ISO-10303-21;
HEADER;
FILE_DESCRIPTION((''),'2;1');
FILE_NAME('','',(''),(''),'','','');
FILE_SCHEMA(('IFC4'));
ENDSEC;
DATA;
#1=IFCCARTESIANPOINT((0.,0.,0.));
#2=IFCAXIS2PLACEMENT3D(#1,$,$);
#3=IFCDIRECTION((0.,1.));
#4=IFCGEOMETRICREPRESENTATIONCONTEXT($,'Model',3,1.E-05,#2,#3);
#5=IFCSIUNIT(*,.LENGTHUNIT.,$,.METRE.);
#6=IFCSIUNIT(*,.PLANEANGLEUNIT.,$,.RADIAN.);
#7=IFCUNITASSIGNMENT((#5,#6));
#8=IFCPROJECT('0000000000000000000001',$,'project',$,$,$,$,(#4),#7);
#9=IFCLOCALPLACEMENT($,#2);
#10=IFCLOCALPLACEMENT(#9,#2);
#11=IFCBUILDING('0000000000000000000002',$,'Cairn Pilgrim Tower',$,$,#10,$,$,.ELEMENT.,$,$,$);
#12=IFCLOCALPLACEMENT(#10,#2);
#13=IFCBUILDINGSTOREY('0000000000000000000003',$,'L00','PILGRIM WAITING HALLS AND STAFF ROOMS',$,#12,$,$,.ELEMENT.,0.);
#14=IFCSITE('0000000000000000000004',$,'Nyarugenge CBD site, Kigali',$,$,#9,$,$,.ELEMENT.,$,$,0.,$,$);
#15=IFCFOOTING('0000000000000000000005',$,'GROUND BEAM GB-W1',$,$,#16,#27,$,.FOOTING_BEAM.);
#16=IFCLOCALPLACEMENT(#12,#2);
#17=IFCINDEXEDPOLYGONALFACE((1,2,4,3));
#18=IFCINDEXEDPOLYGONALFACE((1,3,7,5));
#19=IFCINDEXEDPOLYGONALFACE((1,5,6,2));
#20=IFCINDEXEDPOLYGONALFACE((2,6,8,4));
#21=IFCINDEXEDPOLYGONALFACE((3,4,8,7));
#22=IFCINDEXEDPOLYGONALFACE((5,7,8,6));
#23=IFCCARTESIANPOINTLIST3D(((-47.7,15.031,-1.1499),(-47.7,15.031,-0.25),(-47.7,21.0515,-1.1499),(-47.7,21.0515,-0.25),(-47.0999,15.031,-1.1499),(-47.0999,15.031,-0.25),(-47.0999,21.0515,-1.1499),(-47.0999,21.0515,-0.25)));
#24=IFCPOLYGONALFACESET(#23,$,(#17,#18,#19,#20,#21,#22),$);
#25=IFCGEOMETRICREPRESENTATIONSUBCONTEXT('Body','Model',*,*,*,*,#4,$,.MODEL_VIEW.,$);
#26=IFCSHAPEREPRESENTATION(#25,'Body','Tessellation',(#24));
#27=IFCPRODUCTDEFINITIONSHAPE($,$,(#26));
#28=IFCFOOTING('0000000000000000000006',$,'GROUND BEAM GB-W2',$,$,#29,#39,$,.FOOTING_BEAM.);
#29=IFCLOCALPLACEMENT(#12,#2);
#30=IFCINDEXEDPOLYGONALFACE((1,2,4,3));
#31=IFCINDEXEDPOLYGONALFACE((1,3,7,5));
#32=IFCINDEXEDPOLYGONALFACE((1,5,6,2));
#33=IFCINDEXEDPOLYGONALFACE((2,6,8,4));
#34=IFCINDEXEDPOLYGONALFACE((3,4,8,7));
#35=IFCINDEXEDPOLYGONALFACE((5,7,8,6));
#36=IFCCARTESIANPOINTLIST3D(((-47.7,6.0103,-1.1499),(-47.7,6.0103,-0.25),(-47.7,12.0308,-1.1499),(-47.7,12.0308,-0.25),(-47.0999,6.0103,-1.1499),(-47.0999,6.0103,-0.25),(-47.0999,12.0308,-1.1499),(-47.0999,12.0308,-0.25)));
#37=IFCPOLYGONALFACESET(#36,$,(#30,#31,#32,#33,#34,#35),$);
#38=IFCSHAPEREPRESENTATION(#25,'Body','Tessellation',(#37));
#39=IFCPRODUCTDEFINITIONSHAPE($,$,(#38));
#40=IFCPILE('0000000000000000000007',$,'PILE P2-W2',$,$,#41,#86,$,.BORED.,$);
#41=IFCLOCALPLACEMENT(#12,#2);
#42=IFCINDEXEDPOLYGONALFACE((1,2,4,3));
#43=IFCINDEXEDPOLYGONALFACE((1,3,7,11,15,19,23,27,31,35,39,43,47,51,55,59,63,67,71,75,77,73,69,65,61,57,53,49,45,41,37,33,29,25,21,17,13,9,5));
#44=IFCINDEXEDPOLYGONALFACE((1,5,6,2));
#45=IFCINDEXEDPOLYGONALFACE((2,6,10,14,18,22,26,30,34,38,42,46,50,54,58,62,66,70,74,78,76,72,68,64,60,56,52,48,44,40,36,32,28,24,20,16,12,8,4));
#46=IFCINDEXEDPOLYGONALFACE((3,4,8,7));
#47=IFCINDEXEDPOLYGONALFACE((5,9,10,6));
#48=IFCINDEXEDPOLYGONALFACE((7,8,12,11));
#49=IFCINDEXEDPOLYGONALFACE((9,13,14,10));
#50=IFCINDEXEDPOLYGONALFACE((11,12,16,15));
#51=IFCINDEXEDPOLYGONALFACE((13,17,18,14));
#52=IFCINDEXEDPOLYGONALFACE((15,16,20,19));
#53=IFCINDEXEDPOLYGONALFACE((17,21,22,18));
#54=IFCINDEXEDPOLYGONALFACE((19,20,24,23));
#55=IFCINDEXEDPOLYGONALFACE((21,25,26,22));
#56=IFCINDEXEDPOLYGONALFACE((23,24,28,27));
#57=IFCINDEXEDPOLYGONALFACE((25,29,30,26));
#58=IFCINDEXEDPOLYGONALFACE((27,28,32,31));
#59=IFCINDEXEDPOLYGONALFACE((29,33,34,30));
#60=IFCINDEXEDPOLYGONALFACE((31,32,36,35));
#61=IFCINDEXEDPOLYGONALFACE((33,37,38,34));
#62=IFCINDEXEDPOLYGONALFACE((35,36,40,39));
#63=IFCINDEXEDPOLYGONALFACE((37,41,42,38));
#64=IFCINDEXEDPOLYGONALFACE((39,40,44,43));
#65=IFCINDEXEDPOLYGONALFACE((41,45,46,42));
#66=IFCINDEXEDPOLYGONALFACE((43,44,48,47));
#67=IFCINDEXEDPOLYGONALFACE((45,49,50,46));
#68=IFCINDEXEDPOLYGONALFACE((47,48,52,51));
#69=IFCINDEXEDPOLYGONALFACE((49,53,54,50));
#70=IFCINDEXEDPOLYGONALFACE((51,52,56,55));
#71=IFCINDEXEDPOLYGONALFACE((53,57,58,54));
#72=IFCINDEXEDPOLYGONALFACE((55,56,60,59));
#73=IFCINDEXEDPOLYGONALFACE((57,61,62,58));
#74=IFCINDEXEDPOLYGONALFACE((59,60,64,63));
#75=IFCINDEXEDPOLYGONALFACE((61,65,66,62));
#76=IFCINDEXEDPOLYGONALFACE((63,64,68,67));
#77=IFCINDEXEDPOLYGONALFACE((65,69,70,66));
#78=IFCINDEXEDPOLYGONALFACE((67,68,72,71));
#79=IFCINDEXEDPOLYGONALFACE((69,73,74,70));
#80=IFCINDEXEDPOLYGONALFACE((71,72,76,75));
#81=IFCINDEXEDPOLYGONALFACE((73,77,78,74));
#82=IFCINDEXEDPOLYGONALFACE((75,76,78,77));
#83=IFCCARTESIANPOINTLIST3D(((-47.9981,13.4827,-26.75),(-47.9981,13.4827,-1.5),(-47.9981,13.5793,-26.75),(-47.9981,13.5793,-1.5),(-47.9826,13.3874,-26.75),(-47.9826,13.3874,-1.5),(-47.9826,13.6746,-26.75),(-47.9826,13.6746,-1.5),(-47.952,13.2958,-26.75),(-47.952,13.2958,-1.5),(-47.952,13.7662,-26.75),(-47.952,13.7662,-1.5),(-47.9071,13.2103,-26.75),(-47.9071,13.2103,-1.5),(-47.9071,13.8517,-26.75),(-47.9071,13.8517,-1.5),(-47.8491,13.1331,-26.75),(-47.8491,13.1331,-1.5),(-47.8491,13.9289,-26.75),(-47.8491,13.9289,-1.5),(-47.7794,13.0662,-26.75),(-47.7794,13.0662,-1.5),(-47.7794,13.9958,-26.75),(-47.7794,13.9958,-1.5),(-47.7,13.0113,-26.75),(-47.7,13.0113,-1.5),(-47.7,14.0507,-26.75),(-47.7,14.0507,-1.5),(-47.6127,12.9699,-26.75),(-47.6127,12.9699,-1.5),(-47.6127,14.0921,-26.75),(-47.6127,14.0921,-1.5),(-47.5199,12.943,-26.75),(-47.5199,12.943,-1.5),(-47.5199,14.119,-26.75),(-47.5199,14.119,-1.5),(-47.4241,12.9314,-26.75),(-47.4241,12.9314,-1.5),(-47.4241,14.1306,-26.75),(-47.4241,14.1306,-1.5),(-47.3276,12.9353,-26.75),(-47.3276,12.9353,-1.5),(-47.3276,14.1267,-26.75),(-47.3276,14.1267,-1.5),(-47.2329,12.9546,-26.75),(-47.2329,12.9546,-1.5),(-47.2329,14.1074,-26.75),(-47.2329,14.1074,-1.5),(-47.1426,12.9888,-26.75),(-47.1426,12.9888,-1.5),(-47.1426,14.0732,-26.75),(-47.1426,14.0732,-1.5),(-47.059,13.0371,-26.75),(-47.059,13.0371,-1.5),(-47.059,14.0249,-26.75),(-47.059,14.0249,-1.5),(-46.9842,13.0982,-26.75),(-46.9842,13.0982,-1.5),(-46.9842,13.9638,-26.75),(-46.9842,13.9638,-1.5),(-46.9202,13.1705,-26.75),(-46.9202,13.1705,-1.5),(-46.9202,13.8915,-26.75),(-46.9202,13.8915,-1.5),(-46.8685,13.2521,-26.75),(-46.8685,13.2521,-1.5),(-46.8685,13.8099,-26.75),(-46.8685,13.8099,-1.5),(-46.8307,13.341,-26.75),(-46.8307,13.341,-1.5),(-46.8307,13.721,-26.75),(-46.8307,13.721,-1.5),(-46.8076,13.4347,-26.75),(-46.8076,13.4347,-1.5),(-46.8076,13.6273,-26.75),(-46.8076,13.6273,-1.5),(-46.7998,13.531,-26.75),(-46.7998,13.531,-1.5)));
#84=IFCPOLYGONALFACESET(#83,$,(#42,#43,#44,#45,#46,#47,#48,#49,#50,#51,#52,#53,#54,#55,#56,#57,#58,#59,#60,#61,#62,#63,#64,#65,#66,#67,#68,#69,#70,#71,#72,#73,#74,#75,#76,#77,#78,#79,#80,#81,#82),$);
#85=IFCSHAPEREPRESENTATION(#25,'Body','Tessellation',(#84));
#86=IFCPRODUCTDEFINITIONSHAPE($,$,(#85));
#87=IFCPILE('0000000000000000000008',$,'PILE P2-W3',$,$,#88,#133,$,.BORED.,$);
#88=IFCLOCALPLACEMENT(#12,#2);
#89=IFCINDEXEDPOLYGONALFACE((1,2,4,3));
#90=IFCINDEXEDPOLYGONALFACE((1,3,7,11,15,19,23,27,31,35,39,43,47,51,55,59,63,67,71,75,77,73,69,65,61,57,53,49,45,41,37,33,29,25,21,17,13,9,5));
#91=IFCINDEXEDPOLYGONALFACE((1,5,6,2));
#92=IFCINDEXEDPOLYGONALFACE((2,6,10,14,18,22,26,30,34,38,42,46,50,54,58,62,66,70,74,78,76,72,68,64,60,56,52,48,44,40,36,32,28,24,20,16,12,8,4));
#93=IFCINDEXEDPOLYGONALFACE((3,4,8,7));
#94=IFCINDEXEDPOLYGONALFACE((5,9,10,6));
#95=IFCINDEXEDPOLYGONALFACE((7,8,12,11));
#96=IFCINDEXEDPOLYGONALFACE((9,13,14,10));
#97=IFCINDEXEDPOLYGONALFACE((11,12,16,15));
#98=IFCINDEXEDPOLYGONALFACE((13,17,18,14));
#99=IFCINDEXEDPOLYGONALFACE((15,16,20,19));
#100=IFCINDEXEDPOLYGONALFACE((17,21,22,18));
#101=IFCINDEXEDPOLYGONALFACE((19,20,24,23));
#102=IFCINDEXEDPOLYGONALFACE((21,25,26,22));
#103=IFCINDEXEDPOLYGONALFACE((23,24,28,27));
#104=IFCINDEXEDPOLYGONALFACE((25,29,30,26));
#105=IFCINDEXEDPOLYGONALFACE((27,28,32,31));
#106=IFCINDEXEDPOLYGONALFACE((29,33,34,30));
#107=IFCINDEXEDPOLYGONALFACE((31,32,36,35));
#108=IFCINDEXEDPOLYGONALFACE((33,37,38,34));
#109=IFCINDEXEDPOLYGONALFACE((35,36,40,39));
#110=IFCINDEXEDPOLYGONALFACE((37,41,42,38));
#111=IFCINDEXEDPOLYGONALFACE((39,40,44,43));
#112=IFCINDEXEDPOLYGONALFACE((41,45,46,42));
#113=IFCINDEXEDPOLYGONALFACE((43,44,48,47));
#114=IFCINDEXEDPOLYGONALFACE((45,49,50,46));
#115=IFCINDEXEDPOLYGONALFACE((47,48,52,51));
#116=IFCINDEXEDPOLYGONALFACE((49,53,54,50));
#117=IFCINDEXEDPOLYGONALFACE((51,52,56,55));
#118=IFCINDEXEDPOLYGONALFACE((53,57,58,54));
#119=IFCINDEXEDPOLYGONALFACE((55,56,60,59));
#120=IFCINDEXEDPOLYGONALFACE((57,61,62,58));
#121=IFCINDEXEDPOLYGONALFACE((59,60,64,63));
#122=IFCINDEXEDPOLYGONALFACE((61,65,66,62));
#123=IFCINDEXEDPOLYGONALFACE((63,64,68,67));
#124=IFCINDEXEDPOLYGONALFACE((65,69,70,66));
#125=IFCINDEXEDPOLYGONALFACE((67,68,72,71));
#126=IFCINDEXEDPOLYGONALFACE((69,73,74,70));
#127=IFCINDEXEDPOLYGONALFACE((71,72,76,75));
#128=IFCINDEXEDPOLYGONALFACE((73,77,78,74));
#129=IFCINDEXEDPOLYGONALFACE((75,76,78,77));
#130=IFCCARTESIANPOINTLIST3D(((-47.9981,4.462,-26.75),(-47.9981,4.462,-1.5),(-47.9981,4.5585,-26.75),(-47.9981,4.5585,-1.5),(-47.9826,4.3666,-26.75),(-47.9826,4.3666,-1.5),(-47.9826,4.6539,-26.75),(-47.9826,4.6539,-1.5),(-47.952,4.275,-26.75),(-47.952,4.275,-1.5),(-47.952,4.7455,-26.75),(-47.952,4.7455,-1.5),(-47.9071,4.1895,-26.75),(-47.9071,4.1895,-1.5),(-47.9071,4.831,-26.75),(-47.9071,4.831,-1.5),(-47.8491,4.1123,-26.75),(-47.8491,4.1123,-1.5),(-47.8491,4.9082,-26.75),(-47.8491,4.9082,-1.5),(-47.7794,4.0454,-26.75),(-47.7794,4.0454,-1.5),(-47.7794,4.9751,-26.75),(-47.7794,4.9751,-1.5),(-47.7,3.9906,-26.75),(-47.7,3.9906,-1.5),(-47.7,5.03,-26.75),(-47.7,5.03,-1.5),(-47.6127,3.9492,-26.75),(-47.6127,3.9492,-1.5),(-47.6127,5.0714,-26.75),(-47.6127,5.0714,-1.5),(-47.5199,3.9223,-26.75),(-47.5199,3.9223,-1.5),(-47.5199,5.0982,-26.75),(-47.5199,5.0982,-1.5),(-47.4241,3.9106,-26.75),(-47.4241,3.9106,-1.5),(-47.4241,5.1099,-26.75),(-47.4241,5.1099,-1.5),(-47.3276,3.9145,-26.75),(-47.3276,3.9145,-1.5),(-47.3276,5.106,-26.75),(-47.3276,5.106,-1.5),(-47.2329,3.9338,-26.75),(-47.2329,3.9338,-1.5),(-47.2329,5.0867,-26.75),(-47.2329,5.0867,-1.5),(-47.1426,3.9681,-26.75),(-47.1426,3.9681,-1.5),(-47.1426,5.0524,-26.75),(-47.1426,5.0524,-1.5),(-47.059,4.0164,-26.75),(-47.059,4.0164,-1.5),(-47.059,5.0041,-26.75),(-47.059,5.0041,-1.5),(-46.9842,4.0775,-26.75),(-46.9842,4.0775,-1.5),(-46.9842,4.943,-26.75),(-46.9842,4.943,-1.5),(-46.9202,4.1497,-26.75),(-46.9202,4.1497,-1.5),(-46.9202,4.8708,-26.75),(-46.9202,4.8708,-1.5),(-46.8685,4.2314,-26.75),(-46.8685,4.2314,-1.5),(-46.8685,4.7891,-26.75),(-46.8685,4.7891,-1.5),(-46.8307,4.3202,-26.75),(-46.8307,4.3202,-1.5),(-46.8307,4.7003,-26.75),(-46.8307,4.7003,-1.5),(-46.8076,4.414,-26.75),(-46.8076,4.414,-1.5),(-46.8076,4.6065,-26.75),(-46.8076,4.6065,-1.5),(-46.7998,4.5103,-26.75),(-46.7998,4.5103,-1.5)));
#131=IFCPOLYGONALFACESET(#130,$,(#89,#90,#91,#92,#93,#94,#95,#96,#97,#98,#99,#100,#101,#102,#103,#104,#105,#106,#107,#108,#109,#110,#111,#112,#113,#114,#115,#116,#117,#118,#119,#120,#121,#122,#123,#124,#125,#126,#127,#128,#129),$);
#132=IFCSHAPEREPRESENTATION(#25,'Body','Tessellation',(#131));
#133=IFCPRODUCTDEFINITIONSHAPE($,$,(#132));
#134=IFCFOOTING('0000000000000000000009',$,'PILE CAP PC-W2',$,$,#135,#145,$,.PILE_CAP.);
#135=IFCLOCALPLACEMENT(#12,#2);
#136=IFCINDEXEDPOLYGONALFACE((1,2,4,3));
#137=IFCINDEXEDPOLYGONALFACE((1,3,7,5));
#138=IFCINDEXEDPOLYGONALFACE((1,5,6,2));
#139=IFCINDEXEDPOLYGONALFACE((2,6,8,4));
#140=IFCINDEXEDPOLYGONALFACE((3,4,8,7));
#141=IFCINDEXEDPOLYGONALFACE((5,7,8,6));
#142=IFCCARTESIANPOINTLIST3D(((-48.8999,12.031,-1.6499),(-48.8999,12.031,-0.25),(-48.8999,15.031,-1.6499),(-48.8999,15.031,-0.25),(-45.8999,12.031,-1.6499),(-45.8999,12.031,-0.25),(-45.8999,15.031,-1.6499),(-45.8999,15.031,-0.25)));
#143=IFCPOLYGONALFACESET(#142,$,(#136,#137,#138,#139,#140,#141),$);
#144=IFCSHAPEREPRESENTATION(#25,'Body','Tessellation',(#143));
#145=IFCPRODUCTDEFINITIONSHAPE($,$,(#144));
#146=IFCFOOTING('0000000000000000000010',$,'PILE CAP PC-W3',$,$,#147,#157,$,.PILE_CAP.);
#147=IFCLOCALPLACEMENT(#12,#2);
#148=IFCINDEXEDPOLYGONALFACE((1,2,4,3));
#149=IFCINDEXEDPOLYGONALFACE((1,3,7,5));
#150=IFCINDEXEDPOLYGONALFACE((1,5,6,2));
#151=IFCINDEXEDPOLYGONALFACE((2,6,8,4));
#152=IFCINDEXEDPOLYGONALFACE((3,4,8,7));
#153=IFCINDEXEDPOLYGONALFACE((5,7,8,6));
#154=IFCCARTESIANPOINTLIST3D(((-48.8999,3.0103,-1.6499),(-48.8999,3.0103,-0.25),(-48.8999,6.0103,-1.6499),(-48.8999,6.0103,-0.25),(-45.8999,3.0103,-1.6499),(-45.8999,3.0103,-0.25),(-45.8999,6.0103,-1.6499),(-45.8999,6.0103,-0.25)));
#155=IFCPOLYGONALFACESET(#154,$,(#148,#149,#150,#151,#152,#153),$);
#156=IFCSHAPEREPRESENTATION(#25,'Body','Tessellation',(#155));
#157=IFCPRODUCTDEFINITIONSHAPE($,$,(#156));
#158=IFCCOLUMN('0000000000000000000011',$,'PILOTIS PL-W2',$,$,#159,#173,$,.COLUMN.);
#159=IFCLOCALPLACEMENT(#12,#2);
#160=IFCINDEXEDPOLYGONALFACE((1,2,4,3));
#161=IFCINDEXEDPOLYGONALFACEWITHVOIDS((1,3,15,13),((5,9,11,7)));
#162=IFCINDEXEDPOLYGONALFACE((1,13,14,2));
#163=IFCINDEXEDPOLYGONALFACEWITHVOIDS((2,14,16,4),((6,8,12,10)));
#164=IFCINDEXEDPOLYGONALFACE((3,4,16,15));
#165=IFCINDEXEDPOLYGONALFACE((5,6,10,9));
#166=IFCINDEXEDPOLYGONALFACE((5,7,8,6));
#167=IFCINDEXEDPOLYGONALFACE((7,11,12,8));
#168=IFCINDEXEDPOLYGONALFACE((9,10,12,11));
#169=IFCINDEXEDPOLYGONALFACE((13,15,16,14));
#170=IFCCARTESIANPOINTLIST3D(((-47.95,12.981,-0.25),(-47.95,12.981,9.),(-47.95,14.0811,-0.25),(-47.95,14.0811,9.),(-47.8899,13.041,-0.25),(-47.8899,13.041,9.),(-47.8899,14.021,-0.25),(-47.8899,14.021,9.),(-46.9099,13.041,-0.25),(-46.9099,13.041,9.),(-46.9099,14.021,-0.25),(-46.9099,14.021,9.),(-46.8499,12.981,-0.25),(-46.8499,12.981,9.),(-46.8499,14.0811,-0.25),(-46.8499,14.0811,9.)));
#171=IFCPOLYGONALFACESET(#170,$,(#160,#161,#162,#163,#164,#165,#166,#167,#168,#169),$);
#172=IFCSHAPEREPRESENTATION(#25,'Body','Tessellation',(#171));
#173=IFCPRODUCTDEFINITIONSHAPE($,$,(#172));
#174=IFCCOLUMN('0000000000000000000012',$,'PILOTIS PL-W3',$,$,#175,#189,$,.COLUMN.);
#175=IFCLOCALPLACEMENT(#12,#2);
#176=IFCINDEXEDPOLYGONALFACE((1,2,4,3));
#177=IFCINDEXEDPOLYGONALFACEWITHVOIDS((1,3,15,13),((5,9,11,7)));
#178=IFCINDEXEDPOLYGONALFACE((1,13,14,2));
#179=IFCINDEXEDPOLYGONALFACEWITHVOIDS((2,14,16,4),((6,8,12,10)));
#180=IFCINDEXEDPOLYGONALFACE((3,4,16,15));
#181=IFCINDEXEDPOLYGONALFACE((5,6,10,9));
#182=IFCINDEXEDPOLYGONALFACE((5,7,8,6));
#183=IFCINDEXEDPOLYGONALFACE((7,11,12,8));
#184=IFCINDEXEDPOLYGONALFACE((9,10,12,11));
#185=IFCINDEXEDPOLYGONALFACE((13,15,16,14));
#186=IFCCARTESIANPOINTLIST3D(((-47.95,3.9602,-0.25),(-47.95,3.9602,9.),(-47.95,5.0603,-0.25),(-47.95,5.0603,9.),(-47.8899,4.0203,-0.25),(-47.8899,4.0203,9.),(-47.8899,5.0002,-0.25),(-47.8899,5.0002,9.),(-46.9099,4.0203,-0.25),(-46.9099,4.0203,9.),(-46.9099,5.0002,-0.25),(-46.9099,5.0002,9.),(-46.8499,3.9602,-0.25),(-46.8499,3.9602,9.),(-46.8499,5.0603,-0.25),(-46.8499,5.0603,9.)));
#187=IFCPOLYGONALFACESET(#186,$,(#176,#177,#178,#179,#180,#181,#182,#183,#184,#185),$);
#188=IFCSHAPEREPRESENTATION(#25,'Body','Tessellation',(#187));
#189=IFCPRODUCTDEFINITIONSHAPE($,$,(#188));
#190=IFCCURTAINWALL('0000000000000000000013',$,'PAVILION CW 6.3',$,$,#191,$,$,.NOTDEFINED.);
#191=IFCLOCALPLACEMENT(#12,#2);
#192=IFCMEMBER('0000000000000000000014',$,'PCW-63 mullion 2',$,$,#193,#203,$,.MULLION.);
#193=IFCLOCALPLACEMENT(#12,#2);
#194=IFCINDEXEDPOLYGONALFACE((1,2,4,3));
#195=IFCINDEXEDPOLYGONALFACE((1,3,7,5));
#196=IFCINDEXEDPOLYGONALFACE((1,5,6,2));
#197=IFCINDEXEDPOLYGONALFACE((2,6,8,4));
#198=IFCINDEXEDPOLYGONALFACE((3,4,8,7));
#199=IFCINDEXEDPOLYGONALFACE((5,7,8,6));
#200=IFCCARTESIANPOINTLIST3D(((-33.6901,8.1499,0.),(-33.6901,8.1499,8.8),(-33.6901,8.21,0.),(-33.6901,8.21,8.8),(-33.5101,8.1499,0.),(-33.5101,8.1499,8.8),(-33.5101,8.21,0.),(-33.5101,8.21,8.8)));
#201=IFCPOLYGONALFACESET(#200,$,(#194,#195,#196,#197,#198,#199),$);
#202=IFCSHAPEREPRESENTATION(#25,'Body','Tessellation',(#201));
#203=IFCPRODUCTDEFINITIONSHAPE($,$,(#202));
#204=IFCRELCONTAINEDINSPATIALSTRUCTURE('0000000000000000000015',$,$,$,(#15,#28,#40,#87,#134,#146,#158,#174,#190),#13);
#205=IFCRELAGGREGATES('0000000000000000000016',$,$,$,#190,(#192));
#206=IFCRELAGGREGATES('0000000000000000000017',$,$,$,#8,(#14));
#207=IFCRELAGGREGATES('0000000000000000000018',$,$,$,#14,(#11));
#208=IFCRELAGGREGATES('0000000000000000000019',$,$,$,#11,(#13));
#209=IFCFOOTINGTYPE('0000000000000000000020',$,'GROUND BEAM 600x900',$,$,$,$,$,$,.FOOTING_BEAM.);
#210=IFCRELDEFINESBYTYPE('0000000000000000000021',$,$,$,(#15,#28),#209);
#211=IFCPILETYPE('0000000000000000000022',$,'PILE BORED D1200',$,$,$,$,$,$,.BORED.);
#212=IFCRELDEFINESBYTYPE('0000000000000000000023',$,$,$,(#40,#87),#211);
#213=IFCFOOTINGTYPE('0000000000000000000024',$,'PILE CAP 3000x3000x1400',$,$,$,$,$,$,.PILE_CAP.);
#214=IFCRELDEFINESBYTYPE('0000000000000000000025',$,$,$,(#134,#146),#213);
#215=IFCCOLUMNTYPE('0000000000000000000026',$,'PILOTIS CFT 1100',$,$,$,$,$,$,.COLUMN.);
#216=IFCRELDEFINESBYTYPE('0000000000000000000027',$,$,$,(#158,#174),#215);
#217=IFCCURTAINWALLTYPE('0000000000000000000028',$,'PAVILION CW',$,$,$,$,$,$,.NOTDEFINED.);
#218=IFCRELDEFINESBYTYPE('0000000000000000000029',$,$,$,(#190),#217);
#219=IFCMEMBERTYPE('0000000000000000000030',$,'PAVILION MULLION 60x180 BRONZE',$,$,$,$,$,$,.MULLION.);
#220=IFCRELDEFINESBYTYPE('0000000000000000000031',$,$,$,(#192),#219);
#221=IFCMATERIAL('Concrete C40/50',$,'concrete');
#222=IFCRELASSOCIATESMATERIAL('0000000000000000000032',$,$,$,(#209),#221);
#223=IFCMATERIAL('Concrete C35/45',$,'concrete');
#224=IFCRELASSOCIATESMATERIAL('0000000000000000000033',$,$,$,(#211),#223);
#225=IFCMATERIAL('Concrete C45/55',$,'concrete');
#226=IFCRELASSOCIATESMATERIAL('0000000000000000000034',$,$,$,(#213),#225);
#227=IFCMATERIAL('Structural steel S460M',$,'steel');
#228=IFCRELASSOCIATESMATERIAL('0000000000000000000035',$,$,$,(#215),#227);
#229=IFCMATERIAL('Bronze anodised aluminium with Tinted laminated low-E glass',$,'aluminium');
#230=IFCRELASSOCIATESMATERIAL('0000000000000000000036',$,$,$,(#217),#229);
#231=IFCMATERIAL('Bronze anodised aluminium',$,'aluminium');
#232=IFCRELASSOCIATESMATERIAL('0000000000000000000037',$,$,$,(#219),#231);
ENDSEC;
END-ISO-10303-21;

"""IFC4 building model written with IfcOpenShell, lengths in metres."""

from ifc_helpers import new_model, si_unit, direction, frame, origin, origin_2d, place, context, subcontext, project, spatial, rectangle, hollow_rectangle, circle, extrude, material, material_profile, profile_set, type_object, element, aggregate, save


model = new_model("IFC4")

# Units and contexts
model_context = context("Model", 3, precision=1e-05, world=origin(), true_north=direction((0.0, 1.0)))
body_context = subcontext(model_context, "Body", "Model", "MODEL_VIEW")
ifc_project = project(units=[si_unit("LENGTHUNIT", "METRE"), si_unit("PLANEANGLEUNIT", "RADIAN")], contexts=[model_context])

# Site, building, storey
site_placement = place(None, origin())
site = spatial("IfcSite", under=ifc_project, at=site_placement, Name="Nyarugenge CBD site, Kigali", CompositionType="ELEMENT", RefElevation=0.0)
building_placement = place(site_placement, origin())
building = spatial("IfcBuilding", under=site, at=building_placement, Name="Cairn Pilgrim Tower", CompositionType="ELEMENT")
storey_placement = place(building_placement, origin())
storey = spatial("IfcBuildingStorey", under=building, at=storey_placement, Name="L00", Description="PILGRIM WAITING HALLS AND STAFF ROOMS", CompositionType="ELEMENT", Elevation=0.0)

# Footings
ifc_material_1 = material(Name="Concrete C40/50", Category="concrete")
footing_type_1 = type_object("IfcFootingType", Name="GROUND BEAM 600x900", PredefinedType="FOOTING_BEAM", material=ifc_material_1)
for number, where, z_axis, x_axis, name in (
    (1, (-47.3999, 18.0413, -1.1499), (0.0, 0.0, 1.0), (0.0, -1.0, 0.0), "GROUND BEAM GB-W1"),
    (2, (-47.3999, 9.0205, -1.1499), (0.0, 0.0, 1.0), (0.0, -1.0, 0.0), "GROUND BEAM GB-W2"),
):
    element("IfcFooting", number, at=place(storey_placement, frame(where, z_axis=z_axis, x_axis=x_axis)), inside=storey, type_object=footing_type_1, Name=name, PredefinedType="FOOTING_BEAM", context=body_context, shape_type="SweptSolid", body=[
        extrude(rectangle(XDim=6.0205, YDim=0.6001, at=origin_2d()), origin(), (0.0, 0.0, 1.0), 0.8999),
    ])

# Piles
ifc_material_2 = material(Name="Concrete C35/45", Category="concrete")
ifc_material_profile_1 = material_profile(ifc_material_2, circle(Radius=0.6001, at=origin_2d()), Name="D1200")
ifc_profile_set_1 = profile_set([ifc_material_profile_1], Name="Concrete C35/45")
pile_type = type_object("IfcPileType", Name="PILE BORED D1200", PredefinedType="BORED", material=ifc_profile_set_1)
for number, where, z_axis, x_axis, name in (
    (3, (-47.3999, 13.531, -1.5), (0.0, 0.0, -1.0), (1.0, 0.0, 0.0), "PILE P2-W2"),
    (4, (-47.3999, 4.5103, -1.5), (0.0, 0.0, -1.0), (1.0, 0.0, 0.0), "PILE P2-W3"),
):
    element("IfcPile", number, at=place(storey_placement, frame(where, z_axis=z_axis, x_axis=x_axis)), inside=storey, type_object=pile_type, Name=name, PredefinedType="BORED", context=body_context, shape_type="SweptSolid", body=[
        extrude(circle(Radius=0.6001, at=origin_2d()), origin(), (0.0, 0.0, 1.0), 25.25),
    ])

# Footings
ifc_material_3 = material(Name="Concrete C45/55", Category="concrete")
footing_type_2 = type_object("IfcFootingType", Name="PILE CAP 3000x3000x1400", PredefinedType="PILE_CAP", material=ifc_material_3)
for number, where, z_axis, x_axis, name in (
    (5, (-47.3999, 13.531, -1.6499), (0.0, 0.0, 1.0), (1.0, 0.0, 0.0), "PILE CAP PC-W2"),
    (6, (-47.3999, 4.5103, -1.6499), (0.0, 0.0, 1.0), (1.0, 0.0, 0.0), "PILE CAP PC-W3"),
):
    element("IfcFooting", number, at=place(storey_placement, frame(where, z_axis=z_axis, x_axis=x_axis)), inside=storey, type_object=footing_type_2, Name=name, PredefinedType="PILE_CAP", context=body_context, shape_type="SweptSolid", body=[
        extrude(rectangle(XDim=3.0, YDim=3.0, at=origin_2d()), origin(), (0.0, 0.0, 1.0), 1.3999),
    ])

# Columns
ifc_material_4 = material(Name="Structural steel S460M", Category="steel")
ifc_material_profile_2 = material_profile(ifc_material_4, hollow_rectangle(XDim=1.1001, YDim=1.1001, WallThickness=0.0601, at=origin_2d()), Name="BOX 1100x1100x60")
ifc_profile_set_2 = profile_set([ifc_material_profile_2], Name="Structural steel S460M")
column_type = type_object("IfcColumnType", Name="PILOTIS CFT 1100", PredefinedType="COLUMN", material=ifc_profile_set_2)
for number, where, z_axis, x_axis, name in (
    (7, (-47.3999, 13.531, -0.25), (0.0, 0.0, 1.0), (1.0, 0.0, 0.0), "PILOTIS PL-W2"),
    (8, (-47.3999, 4.5103, -0.25), (0.0, 0.0, 1.0), (1.0, 0.0, 0.0), "PILOTIS PL-W3"),
):
    element("IfcColumn", number, at=place(storey_placement, frame(where, z_axis=z_axis, x_axis=x_axis)), inside=storey, type_object=column_type, Name=name, PredefinedType="COLUMN", context=body_context, shape_type="SweptSolid", body=[
        extrude(hollow_rectangle(XDim=1.1001, YDim=1.1001, WallThickness=0.0601, at=origin_2d()), origin(), (0.0, 0.0, 1.0), 9.25),
    ])

# Curtain wall, member
ifc_material_5 = material(Name="Bronze anodised aluminium with Tinted laminated low-E glass", Category="aluminium")
curtain_wall_type = type_object("IfcCurtainWallType", Name="PAVILION CW", PredefinedType="NOTDEFINED", material=ifc_material_5)
curtain_wall_1_placement = place(storey_placement, origin())
curtain_wall_1 = element("IfcCurtainWall", 9, at=curtain_wall_1_placement, inside=storey, type_object=curtain_wall_type, Name="PAVILION CW 6.3", PredefinedType="NOTDEFINED")
ifc_material_6 = material(Name="Bronze anodised aluminium", Category="aluminium")
ifc_material_profile_3 = material_profile(ifc_material_6, rectangle(XDim=0.1799, YDim=0.0601, at=origin_2d()), Name="PAVILION MULLION 60x180 BRONZE")
ifc_profile_set_3 = profile_set([ifc_material_profile_3], Name="Bronze anodised aluminium")
member_type_1 = type_object("IfcMemberType", Name="PAVILION MULLION 60x180 BRONZE", PredefinedType="MULLION", material=ifc_profile_set_3)
member_1_placement = place(storey_placement, frame((-33.6001, 8.1799, 0.0), z_axis=(0.0, 0.0, 1.0), x_axis=(1.0, 0.0, 0.0)))
member_1 = element("IfcMember", 10, at=member_1_placement, type_object=member_type_1, Name="PCW-63 mullion 2", PredefinedType="MULLION", context=body_context, shape_type="SweptSolid", body=[
    extrude(rectangle(XDim=0.1799, YDim=0.0601, at=origin_2d()), origin(), (0.0, 0.0, 1.0), 8.8),
])

aggregate(curtain_wall_1, [member_1])

save(model, "model.ifc")
